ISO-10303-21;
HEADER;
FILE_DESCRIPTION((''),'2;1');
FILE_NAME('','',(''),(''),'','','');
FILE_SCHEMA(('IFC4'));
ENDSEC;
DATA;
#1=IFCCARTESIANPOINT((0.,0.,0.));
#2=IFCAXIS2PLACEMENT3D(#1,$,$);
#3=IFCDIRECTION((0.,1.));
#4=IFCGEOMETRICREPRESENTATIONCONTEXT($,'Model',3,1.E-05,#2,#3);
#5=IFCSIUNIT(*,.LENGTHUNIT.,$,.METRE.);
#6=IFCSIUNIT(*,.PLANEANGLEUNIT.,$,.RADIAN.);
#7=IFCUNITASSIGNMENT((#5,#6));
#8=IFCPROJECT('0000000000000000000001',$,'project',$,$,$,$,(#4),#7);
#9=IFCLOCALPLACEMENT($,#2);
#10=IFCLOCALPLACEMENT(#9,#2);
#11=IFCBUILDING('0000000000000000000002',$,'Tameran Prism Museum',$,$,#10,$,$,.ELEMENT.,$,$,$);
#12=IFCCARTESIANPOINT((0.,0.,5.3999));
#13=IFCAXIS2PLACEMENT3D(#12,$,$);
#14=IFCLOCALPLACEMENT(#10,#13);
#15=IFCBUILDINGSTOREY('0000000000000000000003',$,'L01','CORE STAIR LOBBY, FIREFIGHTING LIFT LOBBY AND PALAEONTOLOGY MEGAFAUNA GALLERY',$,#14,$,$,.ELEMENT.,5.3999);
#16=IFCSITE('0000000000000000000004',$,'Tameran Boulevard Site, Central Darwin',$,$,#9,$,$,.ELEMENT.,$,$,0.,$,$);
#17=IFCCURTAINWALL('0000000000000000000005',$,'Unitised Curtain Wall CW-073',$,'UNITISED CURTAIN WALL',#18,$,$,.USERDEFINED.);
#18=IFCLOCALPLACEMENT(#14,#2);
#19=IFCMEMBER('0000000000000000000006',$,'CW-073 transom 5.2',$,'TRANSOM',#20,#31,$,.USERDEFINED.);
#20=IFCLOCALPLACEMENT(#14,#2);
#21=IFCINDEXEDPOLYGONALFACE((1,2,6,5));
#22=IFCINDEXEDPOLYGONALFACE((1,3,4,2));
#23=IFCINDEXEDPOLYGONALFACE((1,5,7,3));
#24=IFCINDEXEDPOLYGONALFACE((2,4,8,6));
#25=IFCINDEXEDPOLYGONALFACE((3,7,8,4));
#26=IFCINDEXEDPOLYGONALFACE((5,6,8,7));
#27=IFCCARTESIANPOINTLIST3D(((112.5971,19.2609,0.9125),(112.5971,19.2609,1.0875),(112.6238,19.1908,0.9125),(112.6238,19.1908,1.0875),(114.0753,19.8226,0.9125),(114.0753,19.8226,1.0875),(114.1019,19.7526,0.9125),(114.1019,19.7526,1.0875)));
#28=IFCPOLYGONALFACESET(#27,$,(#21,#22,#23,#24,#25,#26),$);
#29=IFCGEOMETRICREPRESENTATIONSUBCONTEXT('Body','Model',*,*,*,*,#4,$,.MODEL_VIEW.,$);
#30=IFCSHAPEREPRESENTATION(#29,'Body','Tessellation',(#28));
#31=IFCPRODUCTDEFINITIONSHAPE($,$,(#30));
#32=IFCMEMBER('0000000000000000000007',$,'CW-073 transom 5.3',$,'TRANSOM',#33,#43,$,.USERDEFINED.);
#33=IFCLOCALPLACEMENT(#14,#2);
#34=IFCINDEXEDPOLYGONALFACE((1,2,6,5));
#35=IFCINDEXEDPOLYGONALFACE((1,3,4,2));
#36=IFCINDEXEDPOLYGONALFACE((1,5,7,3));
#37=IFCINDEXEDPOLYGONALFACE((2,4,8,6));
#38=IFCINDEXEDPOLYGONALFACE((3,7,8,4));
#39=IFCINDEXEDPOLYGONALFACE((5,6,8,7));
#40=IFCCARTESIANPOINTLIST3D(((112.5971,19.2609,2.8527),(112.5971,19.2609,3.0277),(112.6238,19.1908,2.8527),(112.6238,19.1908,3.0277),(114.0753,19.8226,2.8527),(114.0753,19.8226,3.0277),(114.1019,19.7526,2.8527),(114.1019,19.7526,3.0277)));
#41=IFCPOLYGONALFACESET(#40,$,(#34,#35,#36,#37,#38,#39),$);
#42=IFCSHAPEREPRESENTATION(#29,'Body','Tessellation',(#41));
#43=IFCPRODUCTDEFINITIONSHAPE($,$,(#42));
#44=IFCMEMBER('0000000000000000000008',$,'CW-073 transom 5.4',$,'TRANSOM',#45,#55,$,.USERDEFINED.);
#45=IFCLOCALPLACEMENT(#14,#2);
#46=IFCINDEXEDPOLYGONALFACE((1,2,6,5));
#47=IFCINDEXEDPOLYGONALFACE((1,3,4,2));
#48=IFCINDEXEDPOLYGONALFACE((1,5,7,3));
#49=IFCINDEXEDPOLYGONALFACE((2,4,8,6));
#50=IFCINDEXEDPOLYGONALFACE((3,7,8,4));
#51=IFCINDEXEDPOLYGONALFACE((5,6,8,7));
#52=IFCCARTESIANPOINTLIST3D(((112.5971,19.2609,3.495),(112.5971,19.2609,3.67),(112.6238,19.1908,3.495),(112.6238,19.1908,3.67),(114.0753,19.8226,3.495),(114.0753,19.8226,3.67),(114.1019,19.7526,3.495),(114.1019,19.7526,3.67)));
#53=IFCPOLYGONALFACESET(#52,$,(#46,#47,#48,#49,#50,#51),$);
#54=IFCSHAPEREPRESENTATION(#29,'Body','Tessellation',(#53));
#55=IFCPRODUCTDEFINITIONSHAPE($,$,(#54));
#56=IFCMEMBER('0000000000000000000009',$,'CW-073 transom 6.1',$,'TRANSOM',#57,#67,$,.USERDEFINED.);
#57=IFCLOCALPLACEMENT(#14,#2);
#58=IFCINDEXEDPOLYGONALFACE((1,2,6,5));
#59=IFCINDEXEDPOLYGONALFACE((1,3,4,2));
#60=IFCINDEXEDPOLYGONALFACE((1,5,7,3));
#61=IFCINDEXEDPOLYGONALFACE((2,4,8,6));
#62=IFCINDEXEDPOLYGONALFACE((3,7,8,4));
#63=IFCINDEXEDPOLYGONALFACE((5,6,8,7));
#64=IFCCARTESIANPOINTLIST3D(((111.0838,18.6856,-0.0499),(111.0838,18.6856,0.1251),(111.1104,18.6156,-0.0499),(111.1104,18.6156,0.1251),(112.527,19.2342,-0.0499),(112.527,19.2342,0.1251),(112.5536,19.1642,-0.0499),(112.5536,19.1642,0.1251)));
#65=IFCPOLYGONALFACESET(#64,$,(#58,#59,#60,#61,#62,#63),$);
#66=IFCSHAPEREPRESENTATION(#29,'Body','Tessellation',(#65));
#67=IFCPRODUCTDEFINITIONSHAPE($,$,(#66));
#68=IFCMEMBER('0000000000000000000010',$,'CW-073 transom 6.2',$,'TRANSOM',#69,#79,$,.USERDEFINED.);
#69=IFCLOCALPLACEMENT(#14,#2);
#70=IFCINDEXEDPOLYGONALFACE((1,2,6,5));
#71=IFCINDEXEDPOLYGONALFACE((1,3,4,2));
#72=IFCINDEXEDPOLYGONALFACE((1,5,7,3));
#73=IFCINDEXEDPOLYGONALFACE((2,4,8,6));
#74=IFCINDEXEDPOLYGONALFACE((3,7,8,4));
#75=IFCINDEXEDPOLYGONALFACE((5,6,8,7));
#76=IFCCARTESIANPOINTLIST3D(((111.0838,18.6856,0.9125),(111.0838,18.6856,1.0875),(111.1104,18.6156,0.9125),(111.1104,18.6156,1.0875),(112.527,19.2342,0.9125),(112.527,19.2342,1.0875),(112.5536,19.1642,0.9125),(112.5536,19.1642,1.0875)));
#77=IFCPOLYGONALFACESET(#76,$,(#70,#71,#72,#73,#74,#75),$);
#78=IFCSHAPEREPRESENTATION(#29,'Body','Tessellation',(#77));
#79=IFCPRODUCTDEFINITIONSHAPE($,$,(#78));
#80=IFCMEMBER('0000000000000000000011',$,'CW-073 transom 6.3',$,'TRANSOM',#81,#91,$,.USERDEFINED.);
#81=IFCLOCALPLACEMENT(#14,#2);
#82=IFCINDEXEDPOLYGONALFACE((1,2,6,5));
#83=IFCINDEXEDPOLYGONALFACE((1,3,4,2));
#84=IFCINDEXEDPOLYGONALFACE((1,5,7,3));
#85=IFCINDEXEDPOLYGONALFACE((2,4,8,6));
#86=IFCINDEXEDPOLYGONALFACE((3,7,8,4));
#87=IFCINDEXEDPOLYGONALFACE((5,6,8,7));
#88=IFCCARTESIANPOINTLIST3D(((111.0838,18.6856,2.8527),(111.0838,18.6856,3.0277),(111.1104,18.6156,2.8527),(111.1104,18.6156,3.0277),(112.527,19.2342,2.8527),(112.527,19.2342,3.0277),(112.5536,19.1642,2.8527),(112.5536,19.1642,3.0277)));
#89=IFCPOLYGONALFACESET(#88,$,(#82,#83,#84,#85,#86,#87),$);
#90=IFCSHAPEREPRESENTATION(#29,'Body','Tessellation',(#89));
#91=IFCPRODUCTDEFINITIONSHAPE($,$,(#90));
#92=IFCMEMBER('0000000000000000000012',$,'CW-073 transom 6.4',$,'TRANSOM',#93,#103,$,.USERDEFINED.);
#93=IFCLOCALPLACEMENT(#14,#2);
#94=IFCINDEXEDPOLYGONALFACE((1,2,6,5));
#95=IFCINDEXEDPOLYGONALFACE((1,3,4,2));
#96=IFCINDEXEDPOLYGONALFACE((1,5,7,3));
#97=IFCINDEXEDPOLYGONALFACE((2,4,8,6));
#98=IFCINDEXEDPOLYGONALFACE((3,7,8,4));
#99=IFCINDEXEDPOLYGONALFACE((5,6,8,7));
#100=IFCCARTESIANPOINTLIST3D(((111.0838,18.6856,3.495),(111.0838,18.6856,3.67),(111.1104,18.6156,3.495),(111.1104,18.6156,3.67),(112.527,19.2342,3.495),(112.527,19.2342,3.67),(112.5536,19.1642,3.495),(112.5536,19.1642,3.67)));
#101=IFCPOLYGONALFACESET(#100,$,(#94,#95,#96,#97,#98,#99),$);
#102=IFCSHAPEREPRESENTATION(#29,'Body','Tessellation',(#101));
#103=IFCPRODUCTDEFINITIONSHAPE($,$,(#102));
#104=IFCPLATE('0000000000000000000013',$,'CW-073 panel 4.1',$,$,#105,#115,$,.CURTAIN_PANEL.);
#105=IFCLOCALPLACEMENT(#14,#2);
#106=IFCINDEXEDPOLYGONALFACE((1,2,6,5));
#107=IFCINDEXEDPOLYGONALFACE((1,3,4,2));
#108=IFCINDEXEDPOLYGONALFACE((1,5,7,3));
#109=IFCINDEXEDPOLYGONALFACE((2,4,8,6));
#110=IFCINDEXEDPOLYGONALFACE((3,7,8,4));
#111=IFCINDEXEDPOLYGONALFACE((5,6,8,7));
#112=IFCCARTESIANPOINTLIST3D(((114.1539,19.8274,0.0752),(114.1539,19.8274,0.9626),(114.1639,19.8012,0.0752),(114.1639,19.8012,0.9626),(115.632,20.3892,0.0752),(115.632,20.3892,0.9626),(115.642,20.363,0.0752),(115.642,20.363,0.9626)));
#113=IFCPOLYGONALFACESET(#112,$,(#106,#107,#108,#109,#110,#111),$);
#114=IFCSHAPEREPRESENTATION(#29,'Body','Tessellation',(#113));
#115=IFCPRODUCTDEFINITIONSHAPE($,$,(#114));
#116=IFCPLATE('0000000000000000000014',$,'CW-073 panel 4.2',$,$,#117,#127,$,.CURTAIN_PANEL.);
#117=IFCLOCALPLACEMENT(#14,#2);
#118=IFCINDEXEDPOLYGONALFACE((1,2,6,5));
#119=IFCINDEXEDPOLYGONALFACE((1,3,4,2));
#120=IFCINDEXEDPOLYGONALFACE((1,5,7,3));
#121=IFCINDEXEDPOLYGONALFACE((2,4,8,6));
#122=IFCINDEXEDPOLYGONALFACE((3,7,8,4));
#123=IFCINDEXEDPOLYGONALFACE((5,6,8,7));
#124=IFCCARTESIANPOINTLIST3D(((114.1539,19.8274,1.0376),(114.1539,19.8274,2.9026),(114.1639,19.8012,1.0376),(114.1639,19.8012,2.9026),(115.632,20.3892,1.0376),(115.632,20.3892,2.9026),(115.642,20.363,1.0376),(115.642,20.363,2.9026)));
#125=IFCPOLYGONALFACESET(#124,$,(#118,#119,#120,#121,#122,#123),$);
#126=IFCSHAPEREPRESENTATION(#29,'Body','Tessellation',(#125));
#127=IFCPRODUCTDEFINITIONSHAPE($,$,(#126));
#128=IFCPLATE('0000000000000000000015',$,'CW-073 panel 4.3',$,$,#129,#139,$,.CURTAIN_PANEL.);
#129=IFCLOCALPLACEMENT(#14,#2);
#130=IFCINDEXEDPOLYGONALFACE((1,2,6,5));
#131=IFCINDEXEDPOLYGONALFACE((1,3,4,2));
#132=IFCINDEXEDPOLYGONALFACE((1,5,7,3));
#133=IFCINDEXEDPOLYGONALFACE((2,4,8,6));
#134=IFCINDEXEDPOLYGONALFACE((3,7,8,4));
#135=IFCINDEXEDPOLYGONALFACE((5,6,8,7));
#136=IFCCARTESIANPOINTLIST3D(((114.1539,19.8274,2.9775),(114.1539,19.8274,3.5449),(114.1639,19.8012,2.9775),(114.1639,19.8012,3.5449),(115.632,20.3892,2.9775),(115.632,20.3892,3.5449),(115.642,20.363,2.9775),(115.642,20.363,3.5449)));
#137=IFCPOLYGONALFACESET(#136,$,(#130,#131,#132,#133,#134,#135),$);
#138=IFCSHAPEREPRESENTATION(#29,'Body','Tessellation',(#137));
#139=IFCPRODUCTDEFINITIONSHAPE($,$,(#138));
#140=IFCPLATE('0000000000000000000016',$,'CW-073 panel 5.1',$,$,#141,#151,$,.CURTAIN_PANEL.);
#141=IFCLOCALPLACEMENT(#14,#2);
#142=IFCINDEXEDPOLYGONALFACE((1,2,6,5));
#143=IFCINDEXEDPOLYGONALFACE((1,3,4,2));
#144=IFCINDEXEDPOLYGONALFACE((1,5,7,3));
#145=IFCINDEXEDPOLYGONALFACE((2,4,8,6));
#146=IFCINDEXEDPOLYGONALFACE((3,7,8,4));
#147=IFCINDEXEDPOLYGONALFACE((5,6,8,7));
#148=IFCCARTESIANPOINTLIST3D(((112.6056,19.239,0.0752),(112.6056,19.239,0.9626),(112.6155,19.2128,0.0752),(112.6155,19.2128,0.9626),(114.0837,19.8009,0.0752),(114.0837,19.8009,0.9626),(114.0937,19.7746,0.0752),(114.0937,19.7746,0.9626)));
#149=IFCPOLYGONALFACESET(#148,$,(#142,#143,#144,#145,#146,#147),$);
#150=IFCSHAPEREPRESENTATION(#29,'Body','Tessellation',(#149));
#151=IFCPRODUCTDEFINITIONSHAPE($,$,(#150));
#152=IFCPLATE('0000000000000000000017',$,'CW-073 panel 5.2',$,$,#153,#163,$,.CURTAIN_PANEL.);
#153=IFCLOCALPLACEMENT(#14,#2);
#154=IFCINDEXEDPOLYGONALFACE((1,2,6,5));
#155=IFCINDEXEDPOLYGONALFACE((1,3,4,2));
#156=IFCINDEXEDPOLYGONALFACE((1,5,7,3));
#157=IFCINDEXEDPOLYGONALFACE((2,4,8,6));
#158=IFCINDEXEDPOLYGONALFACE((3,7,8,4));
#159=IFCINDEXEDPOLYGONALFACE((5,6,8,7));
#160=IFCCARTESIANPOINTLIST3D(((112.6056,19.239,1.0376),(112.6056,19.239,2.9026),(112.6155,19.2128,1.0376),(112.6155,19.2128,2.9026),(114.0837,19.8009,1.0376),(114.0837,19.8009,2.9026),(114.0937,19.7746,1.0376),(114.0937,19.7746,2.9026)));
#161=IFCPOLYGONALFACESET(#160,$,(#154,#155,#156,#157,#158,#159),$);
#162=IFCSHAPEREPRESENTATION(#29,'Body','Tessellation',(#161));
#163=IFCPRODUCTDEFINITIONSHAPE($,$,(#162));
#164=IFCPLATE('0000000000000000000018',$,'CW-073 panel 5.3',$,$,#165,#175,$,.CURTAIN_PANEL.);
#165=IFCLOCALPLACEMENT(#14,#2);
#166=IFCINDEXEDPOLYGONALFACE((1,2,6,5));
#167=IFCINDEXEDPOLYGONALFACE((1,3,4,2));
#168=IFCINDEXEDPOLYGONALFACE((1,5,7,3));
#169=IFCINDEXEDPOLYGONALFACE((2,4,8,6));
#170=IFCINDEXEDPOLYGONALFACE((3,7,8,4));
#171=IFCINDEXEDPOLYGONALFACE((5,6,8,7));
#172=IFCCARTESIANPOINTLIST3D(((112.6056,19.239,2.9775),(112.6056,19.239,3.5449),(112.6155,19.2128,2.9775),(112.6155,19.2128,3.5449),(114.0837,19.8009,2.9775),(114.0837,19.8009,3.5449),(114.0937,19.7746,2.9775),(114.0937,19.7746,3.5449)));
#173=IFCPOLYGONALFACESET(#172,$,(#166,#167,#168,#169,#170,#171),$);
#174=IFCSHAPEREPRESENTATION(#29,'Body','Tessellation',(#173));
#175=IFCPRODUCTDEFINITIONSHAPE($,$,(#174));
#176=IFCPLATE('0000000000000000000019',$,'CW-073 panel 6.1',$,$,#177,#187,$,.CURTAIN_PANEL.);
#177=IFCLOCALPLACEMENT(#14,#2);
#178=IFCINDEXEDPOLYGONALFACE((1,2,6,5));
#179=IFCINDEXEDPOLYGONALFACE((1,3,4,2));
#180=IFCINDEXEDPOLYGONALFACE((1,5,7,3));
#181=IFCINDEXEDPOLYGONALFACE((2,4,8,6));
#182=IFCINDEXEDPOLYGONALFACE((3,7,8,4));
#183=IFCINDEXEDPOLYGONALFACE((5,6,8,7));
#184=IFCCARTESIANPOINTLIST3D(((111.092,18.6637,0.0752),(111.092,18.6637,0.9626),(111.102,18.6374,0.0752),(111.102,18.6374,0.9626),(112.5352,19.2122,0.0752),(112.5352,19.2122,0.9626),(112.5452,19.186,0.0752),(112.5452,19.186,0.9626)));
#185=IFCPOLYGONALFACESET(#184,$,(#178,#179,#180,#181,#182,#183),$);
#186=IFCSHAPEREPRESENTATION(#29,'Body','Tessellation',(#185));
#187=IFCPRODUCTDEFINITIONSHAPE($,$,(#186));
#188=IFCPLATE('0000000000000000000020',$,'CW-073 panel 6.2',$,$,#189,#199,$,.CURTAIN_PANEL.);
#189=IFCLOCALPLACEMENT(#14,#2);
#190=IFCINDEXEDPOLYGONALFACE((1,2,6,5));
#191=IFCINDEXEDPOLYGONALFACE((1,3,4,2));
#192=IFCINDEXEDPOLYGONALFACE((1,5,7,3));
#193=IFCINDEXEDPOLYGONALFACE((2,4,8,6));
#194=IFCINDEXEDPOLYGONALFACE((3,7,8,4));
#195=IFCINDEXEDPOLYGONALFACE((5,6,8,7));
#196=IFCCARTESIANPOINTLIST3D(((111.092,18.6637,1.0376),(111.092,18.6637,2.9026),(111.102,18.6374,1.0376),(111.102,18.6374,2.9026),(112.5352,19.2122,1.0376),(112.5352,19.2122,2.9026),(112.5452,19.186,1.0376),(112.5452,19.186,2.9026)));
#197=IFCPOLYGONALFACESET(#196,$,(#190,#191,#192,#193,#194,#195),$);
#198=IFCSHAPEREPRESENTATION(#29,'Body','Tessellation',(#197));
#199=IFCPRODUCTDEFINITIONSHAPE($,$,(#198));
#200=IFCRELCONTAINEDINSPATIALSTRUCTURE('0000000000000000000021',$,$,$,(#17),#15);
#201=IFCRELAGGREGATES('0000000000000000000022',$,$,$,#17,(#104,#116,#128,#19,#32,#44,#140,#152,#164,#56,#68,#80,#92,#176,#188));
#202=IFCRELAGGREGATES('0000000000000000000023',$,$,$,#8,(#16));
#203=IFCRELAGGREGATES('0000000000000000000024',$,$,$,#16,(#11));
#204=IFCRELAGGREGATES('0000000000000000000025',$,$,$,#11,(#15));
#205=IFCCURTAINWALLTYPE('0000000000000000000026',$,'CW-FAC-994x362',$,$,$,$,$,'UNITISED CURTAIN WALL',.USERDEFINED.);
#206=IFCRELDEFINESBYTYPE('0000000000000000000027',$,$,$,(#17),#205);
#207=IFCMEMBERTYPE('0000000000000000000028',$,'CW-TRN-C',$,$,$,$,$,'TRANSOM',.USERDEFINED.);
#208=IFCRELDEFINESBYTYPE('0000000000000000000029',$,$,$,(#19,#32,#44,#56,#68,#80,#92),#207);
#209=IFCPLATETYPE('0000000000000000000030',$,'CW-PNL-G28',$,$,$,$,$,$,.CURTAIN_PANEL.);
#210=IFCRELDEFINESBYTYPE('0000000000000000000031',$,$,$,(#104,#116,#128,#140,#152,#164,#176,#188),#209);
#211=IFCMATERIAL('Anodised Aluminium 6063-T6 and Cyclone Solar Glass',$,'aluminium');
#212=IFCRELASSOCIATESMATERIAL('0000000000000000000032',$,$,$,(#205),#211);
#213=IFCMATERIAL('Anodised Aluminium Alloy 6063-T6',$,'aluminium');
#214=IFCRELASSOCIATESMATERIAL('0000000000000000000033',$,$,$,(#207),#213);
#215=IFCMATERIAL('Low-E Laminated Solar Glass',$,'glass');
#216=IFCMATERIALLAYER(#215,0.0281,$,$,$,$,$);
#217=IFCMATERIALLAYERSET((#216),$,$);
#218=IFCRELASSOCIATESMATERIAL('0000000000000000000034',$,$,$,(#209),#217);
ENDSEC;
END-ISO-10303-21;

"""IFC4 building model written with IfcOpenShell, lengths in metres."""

from ifc_helpers import new_model, si_unit, direction, frame, origin, origin_2d, place, context, subcontext, project, spatial, rectangle, extrude, material, layer, layer_set, material_profile, profile_set, type_object, element, aggregate, save


model = new_model("IFC4")

# Units and contexts
model_context = context("Model", 3, precision=1e-05, world=origin(), true_north=direction((0.0, 1.0)))
body_context = subcontext(model_context, "Body", "Model", "MODEL_VIEW")
ifc_project = project(units=[si_unit("LENGTHUNIT", "METRE"), si_unit("PLANEANGLEUNIT", "RADIAN")], contexts=[model_context])

# Site, building, storey
site_placement = place(None, origin())
site = spatial("IfcSite", under=ifc_project, at=site_placement, Name="Tameran Boulevard Site, Central Darwin", CompositionType="ELEMENT", RefElevation=0.0)
building_placement = place(site_placement, origin())
building = spatial("IfcBuilding", under=site, at=building_placement, Name="Tameran Prism Museum", CompositionType="ELEMENT")
storey_placement = place(building_placement, frame((0.0, 0.0, 5.3999)))
storey = spatial("IfcBuildingStorey", under=building, at=storey_placement, Name="L01", Description="CORE STAIR LOBBY, FIREFIGHTING LIFT LOBBY AND PALAEONTOLOGY MEGAFAUNA GALLERY", CompositionType="ELEMENT", Elevation=5.3999)

# Curtain wall
ifc_material_1 = material(Name="Anodised Aluminium 6063-T6 and Cyclone Solar Glass", Category="aluminium")
curtain_wall_type_1 = type_object("IfcCurtainWallType", Name="CW-FAC-994x362", ElementType="UNITISED CURTAIN WALL", PredefinedType="USERDEFINED", material=ifc_material_1)
curtain_wall_1_placement = place(storey_placement, origin())
curtain_wall_1 = element("IfcCurtainWall", 1, at=curtain_wall_1_placement, inside=storey, type_object=curtain_wall_type_1, Name="Unitised Curtain Wall CW-073", ObjectType="UNITISED CURTAIN WALL", PredefinedType="USERDEFINED")

# Members
ifc_material_2 = material(Name="Anodised Aluminium Alloy 6063-T6", Category="aluminium")
ifc_material_profile_1 = material_profile(ifc_material_2, rectangle(XDim=0.075, YDim=0.175, at=origin_2d()))
ifc_profile_set_1 = profile_set([ifc_material_profile_1])
member_type_1 = type_object("IfcMemberType", Name="CW-TRN-C", ElementType="TRANSOM", PredefinedType="USERDEFINED", material=ifc_profile_set_1)
member_1_placement = place(storey_placement, frame((114.0886, 19.7876, 1.0), z_axis=(-0.934778, -0.355231, 0.0), x_axis=(0.355231, -0.934778, 0.0)))
member_1 = element("IfcMember", 2, at=member_1_placement, type_object=member_type_1, Name="CW-073 transom 5.2", ObjectType="TRANSOM", PredefinedType="USERDEFINED", context=body_context, shape_type="SweptSolid", body=[
    extrude(rectangle(XDim=0.075, YDim=0.175, at=origin_2d()), origin(), (0.0, 0.0, 1.0), 1.5813),
])
member_2_placement = place(storey_placement, frame((114.0886, 19.7876, 2.9402), z_axis=(-0.934778, -0.355231, 0.0), x_axis=(0.355231, -0.934778, 0.0)))
member_2 = element("IfcMember", 3, at=member_2_placement, type_object=member_type_1, Name="CW-073 transom 5.3", ObjectType="TRANSOM", PredefinedType="USERDEFINED", context=body_context, shape_type="SweptSolid", body=[
    extrude(rectangle(XDim=0.075, YDim=0.175, at=origin_2d()), origin(), (0.0, 0.0, 1.0), 1.5813),
])
member_3_placement = place(storey_placement, frame((114.0886, 19.7876, 3.5825), z_axis=(-0.934778, -0.355231, 0.0), x_axis=(0.355231, -0.934778, 0.0)))
member_3 = element("IfcMember", 4, at=member_3_placement, type_object=member_type_1, Name="CW-073 transom 5.4", ObjectType="TRANSOM", PredefinedType="USERDEFINED", context=body_context, shape_type="SweptSolid", body=[
    extrude(rectangle(XDim=0.075, YDim=0.175, at=origin_2d()), origin(), (0.0, 0.0, 1.0), 1.5813),
])
member_4_placement = place(storey_placement, frame((112.5403, 19.1992, 0.0376), z_axis=(-0.934741, -0.355331, 0.0), x_axis=(0.355331, -0.934741, 0.0)))
member_4 = element("IfcMember", 5, at=member_4_placement, type_object=member_type_1, Name="CW-073 transom 6.1", ObjectType="TRANSOM", PredefinedType="USERDEFINED", context=body_context, shape_type="SweptSolid", body=[
    extrude(rectangle(XDim=0.075, YDim=0.175, at=origin_2d()), origin(), (0.0, 0.0, 1.0), 1.5439),
])
member_5_placement = place(storey_placement, frame((112.5403, 19.1992, 1.0), z_axis=(-0.934741, -0.355331, 0.0), x_axis=(0.355331, -0.934741, 0.0)))
member_5 = element("IfcMember", 6, at=member_5_placement, type_object=member_type_1, Name="CW-073 transom 6.2", ObjectType="TRANSOM", PredefinedType="USERDEFINED", context=body_context, shape_type="SweptSolid", body=[
    extrude(rectangle(XDim=0.075, YDim=0.175, at=origin_2d()), origin(), (0.0, 0.0, 1.0), 1.5439),
])
member_6_placement = place(storey_placement, frame((112.5403, 19.1992, 2.9402), z_axis=(-0.934741, -0.355331, 0.0), x_axis=(0.355331, -0.934741, 0.0)))
member_6 = element("IfcMember", 7, at=member_6_placement, type_object=member_type_1, Name="CW-073 transom 6.3", ObjectType="TRANSOM", PredefinedType="USERDEFINED", context=body_context, shape_type="SweptSolid", body=[
    extrude(rectangle(XDim=0.075, YDim=0.175, at=origin_2d()), origin(), (0.0, 0.0, 1.0), 1.5439),
])
member_7_placement = place(storey_placement, frame((112.5403, 19.1992, 3.5825), z_axis=(-0.934741, -0.355331, 0.0), x_axis=(0.355331, -0.934741, 0.0)))
member_7 = element("IfcMember", 8, at=member_7_placement, type_object=member_type_1, Name="CW-073 transom 6.4", ObjectType="TRANSOM", PredefinedType="USERDEFINED", context=body_context, shape_type="SweptSolid", body=[
    extrude(rectangle(XDim=0.075, YDim=0.175, at=origin_2d()), origin(), (0.0, 0.0, 1.0), 1.5439),
])

# Plates
ifc_material_3 = material(Name="Low-E Laminated Solar Glass", Category="glass")
ifc_layer_1 = layer(ifc_material_3, 0.0281)
ifc_layer_set_1 = layer_set([ifc_layer_1])
plate_type = type_object("IfcPlateType", Name="CW-PNL-G28", PredefinedType="CURTAIN_PANEL", material=ifc_layer_set_1)
plate_1_placement = place(storey_placement, frame((114.8979, 20.0952, 0.0752), z_axis=(0.0, 0.0, 1.0), x_axis=(-0.934757, -0.355288, 0.0)))
plate_1 = element("IfcPlate", 9, at=plate_1_placement, type_object=plate_type, Name="CW-073 panel 4.1", PredefinedType="CURTAIN_PANEL", context=body_context, shape_type="SweptSolid", body=[
    extrude(rectangle(XDim=1.5813, YDim=0.0281, at=origin_2d()), origin(), (0.0, 0.0, 1.0), 0.8875),
])
plate_2_placement = place(storey_placement, frame((114.8979, 20.0952, 1.0376), z_axis=(0.0, 0.0, 1.0), x_axis=(-0.934757, -0.355288, 0.0)))
plate_2 = element("IfcPlate", 10, at=plate_2_placement, type_object=plate_type, Name="CW-073 panel 4.2", PredefinedType="CURTAIN_PANEL", context=body_context, shape_type="SweptSolid", body=[
    extrude(rectangle(XDim=1.5813, YDim=0.0281, at=origin_2d()), origin(), (0.0, 0.0, 1.0), 1.865),
])
plate_3_placement = place(storey_placement, frame((114.8979, 20.0952, 2.9775), z_axis=(0.0, 0.0, 1.0), x_axis=(-0.934757, -0.355288, 0.0)))
plate_3 = element("IfcPlate", 11, at=plate_3_placement, type_object=plate_type, Name="CW-073 panel 4.3", PredefinedType="CURTAIN_PANEL", context=body_context, shape_type="SweptSolid", body=[
    extrude(rectangle(XDim=1.5813, YDim=0.0281, at=origin_2d()), origin(), (0.0, 0.0, 1.0), 0.5674),
])
plate_4_placement = place(storey_placement, frame((113.3496, 19.5068, 0.0752), z_axis=(0.0, 0.0, 1.0), x_axis=(-0.934757, -0.355288, 0.0)))
plate_4 = element("IfcPlate", 12, at=plate_4_placement, type_object=plate_type, Name="CW-073 panel 5.1", PredefinedType="CURTAIN_PANEL", context=body_context, shape_type="SweptSolid", body=[
    extrude(rectangle(XDim=1.5813, YDim=0.0281, at=origin_2d()), origin(), (0.0, 0.0, 1.0), 0.8875),
])
plate_5_placement = place(storey_placement, frame((113.3496, 19.5068, 1.0376), z_axis=(0.0, 0.0, 1.0), x_axis=(-0.934757, -0.355288, 0.0)))
plate_5 = element("IfcPlate", 13, at=plate_5_placement, type_object=plate_type, Name="CW-073 panel 5.2", PredefinedType="CURTAIN_PANEL", context=body_context, shape_type="SweptSolid", body=[
    extrude(rectangle(XDim=1.5813, YDim=0.0281, at=origin_2d()), origin(), (0.0, 0.0, 1.0), 1.865),
])
plate_6_placement = place(storey_placement, frame((113.3496, 19.5068, 2.9775), z_axis=(0.0, 0.0, 1.0), x_axis=(-0.934757, -0.355288, 0.0)))
plate_6 = element("IfcPlate", 14, at=plate_6_placement, type_object=plate_type, Name="CW-073 panel 5.3", PredefinedType="CURTAIN_PANEL", context=body_context, shape_type="SweptSolid", body=[
    extrude(rectangle(XDim=1.5813, YDim=0.0281, at=origin_2d()), origin(), (0.0, 0.0, 1.0), 0.5674),
])
plate_7_placement = place(storey_placement, frame((111.8186, 18.9248, 0.0752), z_axis=(0.0, 0.0, 1.0), x_axis=(-0.934757, -0.355288, 0.0)))
plate_7 = element("IfcPlate", 15, at=plate_7_placement, type_object=plate_type, Name="CW-073 panel 6.1", PredefinedType="CURTAIN_PANEL", context=body_context, shape_type="SweptSolid", body=[
    extrude(rectangle(XDim=1.5439, YDim=0.0281, at=origin_2d()), origin(), (0.0, 0.0, 1.0), 0.8875),
])
plate_8_placement = place(storey_placement, frame((111.8186, 18.9248, 1.0376), z_axis=(0.0, 0.0, 1.0), x_axis=(-0.934757, -0.355288, 0.0)))
plate_8 = element("IfcPlate", 16, at=plate_8_placement, type_object=plate_type, Name="CW-073 panel 6.2", PredefinedType="CURTAIN_PANEL", context=body_context, shape_type="SweptSolid", body=[
    extrude(rectangle(XDim=1.5439, YDim=0.0281, at=origin_2d()), origin(), (0.0, 0.0, 1.0), 1.865),
])
aggregate(curtain_wall_1, [plate_1, plate_2, plate_3, member_1, member_2, member_3, plate_4, plate_5, plate_6, member_4, member_5, member_6, member_7, plate_7, plate_8])

save(model, "model.ifc")
